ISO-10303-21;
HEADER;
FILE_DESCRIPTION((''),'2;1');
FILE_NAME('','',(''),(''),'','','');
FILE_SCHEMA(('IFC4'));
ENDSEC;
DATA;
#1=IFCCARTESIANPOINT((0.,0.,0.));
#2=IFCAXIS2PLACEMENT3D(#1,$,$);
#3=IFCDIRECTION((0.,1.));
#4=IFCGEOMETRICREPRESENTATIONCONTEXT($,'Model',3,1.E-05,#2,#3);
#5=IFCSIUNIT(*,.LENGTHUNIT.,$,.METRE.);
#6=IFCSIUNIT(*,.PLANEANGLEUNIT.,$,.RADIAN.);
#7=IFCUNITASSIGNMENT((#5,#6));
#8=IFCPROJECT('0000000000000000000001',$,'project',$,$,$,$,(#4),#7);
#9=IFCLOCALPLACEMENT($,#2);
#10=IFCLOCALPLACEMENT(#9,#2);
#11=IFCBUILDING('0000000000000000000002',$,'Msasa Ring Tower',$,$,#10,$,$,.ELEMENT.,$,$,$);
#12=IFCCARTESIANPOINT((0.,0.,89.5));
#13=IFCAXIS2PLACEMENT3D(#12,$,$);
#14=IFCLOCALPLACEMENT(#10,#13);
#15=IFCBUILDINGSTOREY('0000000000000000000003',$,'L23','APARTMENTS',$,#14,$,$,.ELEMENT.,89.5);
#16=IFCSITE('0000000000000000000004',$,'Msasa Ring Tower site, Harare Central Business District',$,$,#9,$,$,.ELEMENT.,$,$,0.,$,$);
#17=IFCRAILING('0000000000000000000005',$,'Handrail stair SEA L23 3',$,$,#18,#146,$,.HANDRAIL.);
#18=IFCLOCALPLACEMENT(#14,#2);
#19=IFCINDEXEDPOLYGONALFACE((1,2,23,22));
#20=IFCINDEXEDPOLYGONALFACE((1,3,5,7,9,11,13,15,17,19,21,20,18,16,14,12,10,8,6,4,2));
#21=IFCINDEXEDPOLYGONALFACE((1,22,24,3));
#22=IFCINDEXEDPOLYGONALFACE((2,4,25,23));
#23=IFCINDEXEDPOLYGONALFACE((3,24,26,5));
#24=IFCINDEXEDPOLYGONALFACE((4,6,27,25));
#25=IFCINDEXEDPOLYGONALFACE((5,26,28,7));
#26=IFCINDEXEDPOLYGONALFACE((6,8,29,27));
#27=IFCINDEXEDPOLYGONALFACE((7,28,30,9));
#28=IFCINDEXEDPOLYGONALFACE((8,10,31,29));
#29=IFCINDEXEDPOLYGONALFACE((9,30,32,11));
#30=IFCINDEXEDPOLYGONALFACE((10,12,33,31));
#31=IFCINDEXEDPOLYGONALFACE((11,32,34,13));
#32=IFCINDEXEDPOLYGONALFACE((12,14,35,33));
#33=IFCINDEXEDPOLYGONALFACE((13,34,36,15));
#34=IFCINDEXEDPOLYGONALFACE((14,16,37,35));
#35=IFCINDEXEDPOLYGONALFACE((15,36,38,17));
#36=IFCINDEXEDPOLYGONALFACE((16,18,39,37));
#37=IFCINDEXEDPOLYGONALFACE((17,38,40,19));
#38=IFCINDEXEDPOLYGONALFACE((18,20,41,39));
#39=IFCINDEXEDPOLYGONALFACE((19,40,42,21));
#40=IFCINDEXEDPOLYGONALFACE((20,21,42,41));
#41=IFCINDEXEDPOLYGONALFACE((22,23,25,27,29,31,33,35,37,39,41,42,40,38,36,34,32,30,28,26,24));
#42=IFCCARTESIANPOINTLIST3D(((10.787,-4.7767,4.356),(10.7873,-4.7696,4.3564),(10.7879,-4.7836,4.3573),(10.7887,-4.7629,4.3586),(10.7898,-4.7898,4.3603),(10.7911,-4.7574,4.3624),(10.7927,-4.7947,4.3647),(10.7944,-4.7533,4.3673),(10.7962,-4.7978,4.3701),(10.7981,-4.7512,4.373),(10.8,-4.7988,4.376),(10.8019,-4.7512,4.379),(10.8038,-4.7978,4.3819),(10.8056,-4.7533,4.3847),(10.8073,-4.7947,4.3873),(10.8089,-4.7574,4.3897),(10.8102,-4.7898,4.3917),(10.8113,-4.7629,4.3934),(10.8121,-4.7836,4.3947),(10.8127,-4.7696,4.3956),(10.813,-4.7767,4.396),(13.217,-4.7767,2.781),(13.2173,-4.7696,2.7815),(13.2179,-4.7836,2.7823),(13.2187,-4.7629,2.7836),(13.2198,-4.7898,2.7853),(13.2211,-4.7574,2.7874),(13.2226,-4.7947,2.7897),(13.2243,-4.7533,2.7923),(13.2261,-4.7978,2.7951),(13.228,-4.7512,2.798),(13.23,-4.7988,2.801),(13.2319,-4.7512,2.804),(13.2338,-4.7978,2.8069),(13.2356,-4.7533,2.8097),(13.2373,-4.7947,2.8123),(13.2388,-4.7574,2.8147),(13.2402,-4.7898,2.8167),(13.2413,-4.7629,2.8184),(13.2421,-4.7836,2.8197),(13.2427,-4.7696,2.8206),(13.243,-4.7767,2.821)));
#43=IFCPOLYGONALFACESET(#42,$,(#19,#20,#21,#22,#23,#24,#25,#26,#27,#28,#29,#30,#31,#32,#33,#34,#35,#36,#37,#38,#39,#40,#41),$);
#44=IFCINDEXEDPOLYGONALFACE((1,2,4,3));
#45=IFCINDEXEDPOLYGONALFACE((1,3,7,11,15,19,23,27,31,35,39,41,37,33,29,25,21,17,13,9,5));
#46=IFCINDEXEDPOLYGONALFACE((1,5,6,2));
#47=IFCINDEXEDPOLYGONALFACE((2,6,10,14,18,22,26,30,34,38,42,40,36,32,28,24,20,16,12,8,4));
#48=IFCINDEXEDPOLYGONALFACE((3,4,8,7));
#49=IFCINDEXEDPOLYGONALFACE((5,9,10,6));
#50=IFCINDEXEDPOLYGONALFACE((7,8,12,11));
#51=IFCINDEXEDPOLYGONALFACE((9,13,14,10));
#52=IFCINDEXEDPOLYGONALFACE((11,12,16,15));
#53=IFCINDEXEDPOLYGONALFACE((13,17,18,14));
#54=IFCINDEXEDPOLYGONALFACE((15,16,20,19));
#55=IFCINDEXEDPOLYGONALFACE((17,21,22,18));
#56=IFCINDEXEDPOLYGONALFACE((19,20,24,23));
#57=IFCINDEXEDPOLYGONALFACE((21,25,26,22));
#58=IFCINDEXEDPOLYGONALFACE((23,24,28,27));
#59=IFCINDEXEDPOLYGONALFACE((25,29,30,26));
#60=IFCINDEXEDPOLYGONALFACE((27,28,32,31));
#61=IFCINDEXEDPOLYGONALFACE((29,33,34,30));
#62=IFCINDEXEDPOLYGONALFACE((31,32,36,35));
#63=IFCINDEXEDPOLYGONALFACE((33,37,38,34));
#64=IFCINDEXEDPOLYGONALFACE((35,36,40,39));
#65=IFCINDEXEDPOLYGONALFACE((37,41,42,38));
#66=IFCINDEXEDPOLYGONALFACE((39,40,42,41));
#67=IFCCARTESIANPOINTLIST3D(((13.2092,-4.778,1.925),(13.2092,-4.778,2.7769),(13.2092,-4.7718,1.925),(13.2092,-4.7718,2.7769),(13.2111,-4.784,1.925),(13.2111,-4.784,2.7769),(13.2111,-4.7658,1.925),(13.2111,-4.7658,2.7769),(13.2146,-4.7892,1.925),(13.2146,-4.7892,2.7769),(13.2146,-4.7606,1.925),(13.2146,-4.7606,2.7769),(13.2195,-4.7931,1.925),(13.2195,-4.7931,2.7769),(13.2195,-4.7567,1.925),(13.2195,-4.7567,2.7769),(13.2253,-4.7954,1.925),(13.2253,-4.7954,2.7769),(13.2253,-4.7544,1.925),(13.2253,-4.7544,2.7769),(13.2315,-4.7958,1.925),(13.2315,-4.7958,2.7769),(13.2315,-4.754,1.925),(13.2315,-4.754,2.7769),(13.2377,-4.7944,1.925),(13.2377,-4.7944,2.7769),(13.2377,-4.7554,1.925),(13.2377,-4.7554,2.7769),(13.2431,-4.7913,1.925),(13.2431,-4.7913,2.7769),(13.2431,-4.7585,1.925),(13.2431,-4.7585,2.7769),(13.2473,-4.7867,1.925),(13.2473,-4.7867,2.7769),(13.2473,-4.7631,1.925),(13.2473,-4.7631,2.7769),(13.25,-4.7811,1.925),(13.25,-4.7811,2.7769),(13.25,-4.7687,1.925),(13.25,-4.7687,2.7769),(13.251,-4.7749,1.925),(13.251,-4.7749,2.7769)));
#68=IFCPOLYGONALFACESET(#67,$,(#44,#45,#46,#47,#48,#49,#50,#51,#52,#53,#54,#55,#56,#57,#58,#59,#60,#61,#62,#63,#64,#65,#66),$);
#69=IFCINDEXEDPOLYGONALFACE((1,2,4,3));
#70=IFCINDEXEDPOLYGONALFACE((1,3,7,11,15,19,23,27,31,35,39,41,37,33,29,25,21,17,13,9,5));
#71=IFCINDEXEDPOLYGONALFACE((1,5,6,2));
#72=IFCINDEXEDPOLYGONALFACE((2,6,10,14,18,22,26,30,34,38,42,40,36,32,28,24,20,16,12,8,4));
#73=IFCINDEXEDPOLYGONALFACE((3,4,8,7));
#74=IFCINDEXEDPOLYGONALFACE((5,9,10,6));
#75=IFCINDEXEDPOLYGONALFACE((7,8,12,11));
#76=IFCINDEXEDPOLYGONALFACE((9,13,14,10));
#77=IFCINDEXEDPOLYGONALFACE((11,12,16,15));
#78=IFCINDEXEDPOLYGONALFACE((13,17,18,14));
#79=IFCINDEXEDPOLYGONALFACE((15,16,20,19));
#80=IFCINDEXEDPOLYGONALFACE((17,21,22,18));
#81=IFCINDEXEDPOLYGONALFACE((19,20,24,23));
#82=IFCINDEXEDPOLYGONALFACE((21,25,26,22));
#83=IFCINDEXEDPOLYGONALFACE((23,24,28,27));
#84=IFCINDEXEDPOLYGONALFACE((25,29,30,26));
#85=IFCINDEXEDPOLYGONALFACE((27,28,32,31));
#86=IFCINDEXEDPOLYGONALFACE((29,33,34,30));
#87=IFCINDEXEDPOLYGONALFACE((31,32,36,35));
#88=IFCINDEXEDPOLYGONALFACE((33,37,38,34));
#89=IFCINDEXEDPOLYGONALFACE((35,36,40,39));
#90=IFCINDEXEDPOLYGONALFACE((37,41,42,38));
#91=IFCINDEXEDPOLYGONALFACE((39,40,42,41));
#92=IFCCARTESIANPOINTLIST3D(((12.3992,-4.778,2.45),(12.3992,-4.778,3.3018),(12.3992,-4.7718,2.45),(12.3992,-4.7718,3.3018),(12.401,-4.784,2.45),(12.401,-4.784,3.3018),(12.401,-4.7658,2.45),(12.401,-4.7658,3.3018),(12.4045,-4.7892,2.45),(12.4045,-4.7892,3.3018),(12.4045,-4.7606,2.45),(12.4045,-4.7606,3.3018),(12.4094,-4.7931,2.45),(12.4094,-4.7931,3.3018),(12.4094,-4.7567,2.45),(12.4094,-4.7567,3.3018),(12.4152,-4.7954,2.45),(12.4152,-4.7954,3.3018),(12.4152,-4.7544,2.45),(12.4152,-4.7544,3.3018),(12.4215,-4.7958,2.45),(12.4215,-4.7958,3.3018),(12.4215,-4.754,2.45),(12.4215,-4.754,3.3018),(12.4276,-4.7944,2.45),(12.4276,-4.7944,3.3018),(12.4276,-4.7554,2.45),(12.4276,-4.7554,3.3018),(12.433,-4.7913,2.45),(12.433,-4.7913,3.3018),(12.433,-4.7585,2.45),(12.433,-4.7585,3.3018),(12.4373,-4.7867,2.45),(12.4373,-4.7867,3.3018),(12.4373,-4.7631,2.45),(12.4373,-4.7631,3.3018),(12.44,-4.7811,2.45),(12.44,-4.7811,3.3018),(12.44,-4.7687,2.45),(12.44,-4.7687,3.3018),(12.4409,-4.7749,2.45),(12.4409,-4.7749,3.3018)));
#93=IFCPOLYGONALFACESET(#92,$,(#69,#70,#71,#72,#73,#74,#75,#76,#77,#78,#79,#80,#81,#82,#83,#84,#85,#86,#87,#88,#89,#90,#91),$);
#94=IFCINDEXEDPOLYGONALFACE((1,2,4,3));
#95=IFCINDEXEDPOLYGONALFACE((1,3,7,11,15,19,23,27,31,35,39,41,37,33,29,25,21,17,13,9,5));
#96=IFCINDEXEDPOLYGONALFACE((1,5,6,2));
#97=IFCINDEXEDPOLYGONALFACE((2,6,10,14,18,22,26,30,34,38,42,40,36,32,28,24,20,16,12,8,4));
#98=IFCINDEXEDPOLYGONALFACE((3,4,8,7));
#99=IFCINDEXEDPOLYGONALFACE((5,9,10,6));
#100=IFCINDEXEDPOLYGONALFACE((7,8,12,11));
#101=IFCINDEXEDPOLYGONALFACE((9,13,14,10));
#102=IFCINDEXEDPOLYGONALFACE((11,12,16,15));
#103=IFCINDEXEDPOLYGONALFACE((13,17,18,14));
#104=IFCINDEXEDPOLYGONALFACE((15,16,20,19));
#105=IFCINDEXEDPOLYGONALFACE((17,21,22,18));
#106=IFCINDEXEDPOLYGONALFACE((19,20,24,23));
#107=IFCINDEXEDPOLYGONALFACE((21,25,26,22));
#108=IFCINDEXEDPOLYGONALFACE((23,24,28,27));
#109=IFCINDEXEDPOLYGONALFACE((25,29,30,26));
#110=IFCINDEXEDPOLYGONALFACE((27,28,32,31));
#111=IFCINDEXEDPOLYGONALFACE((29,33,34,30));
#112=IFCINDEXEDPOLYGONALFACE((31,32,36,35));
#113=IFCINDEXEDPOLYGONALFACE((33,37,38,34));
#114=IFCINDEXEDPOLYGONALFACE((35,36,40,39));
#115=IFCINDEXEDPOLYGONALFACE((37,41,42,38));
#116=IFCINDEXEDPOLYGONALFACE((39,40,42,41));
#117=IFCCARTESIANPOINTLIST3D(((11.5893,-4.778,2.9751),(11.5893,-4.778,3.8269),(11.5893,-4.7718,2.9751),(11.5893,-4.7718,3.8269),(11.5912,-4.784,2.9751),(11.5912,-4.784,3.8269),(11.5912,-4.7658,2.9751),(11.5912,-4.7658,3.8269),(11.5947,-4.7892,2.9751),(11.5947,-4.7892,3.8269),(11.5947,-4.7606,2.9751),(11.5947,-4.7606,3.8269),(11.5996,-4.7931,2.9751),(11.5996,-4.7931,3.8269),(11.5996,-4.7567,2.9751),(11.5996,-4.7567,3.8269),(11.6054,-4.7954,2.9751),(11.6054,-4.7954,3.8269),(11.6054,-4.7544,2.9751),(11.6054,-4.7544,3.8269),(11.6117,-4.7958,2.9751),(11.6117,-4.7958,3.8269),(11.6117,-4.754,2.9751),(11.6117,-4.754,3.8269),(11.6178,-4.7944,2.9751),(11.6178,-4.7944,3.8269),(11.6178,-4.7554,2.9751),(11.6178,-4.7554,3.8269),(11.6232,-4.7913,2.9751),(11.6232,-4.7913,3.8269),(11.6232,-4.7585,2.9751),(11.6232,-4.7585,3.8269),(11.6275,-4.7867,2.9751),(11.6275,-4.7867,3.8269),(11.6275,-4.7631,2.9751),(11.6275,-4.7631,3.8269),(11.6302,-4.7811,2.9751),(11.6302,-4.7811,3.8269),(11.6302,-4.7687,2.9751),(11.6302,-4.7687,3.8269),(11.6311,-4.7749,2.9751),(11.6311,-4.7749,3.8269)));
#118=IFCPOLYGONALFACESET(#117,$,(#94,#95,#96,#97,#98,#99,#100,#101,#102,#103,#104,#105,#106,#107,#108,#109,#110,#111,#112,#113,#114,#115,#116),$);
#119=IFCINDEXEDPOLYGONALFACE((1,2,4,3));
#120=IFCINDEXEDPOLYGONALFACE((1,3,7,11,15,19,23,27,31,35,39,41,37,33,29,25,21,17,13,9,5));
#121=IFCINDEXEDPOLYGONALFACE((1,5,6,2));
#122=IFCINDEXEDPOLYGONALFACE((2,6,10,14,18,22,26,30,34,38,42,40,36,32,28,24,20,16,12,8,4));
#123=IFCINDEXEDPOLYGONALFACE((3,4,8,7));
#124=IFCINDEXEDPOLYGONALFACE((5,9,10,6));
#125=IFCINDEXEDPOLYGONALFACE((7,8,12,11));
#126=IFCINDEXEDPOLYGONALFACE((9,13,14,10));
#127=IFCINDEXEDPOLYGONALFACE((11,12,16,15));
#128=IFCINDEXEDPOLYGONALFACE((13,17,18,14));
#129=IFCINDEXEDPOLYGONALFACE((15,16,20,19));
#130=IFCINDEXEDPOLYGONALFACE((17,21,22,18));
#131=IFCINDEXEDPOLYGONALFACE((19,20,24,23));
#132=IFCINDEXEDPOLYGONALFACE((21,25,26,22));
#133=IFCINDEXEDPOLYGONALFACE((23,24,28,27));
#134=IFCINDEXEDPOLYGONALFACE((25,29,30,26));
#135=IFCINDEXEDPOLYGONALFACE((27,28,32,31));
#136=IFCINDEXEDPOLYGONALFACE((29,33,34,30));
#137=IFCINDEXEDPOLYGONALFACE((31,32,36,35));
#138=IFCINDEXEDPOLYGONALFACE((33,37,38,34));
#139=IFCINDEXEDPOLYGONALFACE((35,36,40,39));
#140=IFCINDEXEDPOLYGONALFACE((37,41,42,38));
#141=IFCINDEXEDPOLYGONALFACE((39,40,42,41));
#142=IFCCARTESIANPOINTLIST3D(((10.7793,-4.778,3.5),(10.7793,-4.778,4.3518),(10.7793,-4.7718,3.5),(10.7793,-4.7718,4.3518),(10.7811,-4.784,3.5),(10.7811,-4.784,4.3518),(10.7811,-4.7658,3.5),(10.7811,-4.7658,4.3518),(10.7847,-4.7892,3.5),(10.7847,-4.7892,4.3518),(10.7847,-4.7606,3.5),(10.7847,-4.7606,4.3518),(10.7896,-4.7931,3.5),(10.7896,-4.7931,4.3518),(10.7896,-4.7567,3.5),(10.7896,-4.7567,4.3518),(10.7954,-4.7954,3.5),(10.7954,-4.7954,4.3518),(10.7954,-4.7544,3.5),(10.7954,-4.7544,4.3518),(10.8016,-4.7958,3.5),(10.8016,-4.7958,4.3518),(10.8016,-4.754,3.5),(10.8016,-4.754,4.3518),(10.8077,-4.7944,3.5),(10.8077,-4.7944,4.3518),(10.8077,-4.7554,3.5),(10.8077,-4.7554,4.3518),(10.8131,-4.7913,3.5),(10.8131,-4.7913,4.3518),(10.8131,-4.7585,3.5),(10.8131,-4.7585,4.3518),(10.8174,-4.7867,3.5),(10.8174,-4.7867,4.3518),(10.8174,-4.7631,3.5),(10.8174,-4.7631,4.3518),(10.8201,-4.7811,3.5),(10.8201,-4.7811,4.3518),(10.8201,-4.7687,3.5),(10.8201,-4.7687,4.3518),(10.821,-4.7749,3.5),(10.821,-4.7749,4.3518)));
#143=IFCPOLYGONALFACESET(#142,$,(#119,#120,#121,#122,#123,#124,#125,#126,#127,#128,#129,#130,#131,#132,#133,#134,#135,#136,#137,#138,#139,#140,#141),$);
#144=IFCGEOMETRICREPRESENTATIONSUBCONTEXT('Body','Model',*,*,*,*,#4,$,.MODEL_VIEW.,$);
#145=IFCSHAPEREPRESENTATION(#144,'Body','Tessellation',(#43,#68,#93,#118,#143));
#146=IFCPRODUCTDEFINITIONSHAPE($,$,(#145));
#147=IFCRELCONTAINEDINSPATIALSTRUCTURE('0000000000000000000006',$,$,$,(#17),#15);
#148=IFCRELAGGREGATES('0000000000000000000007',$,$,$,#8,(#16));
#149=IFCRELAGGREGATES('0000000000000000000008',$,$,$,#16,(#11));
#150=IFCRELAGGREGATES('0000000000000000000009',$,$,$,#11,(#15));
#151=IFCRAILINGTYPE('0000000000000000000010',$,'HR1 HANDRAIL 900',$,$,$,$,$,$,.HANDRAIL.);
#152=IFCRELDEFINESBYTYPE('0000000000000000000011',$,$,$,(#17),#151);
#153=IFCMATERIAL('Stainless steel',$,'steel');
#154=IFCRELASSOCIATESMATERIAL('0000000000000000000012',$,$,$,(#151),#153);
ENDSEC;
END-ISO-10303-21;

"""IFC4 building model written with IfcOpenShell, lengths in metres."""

from ifc_helpers import new_model, si_unit, direction, frame, origin, origin_2d, place, context, subcontext, project, spatial, circle, extrude, material, type_object, element, save


model = new_model("IFC4")

# Units and contexts
model_context = context("Model", 3, precision=1e-05, world=origin(), true_north=direction((0.0, 1.0)))
body_context = subcontext(model_context, "Body", "Model", "MODEL_VIEW")
ifc_project = project(units=[si_unit("LENGTHUNIT", "METRE"), si_unit("PLANEANGLEUNIT", "RADIAN")], contexts=[model_context])

# Site, building, storey
site_placement = place(None, origin())
site = spatial("IfcSite", under=ifc_project, at=site_placement, Name="Msasa Ring Tower site, Harare Central Business District", CompositionType="ELEMENT", RefElevation=0.0)
building_placement = place(site_placement, origin())
building = spatial("IfcBuilding", under=site, at=building_placement, Name="Msasa Ring Tower", CompositionType="ELEMENT")
storey_placement = place(building_placement, frame((0.0, 0.0, 89.5)))
storey = spatial("IfcBuildingStorey", under=building, at=storey_placement, Name="L23", Description="APARTMENTS", CompositionType="ELEMENT", Elevation=89.5)

# Railing
ifc_material_1 = material(Name="Stainless steel", Category="steel")
railing_type = type_object("IfcRailingType", Name="HR1 HANDRAIL 900", PredefinedType="HANDRAIL", material=ifc_material_1)
for number, where, name in (
    (1, (13.23, -4.7749, 1.925), "Handrail stair SEA L23 3"),
):
    element("IfcRailing", number, at=place(storey_placement, frame(where)), inside=storey, type_object=railing_type, Name=name, PredefinedType="HANDRAIL", context=body_context, shape_type="SweptSolid", body=[
        extrude(circle(Radius=0.0239, at=origin_2d()), frame((0.0, 0.0, 0.876), z_axis=(-0.839154, 0.0, 0.543894), x_axis=(0.0, -1.0, 0.0)), (0.0, 0.0, 1.0), 2.8958),
        extrude(circle(Radius=0.021, at=origin_2d()), origin(), (0.0, 0.0, 1.0), 0.8518),
        extrude(circle(Radius=0.021, at=origin_2d()), frame((-0.8101, 0.0, 0.5249)), (0.0, 0.0, 1.0), 0.8518),
        extrude(circle(Radius=0.021, at=origin_2d()), frame((-1.6199, 0.0, 1.05)), (0.0, 0.0, 1.0), 0.8518),
        extrude(circle(Radius=0.021, at=origin_2d()), frame((-2.4299, 0.0, 1.575)), (0.0, 0.0, 1.0), 0.8518),
    ])

save(model, "model.ifc")
